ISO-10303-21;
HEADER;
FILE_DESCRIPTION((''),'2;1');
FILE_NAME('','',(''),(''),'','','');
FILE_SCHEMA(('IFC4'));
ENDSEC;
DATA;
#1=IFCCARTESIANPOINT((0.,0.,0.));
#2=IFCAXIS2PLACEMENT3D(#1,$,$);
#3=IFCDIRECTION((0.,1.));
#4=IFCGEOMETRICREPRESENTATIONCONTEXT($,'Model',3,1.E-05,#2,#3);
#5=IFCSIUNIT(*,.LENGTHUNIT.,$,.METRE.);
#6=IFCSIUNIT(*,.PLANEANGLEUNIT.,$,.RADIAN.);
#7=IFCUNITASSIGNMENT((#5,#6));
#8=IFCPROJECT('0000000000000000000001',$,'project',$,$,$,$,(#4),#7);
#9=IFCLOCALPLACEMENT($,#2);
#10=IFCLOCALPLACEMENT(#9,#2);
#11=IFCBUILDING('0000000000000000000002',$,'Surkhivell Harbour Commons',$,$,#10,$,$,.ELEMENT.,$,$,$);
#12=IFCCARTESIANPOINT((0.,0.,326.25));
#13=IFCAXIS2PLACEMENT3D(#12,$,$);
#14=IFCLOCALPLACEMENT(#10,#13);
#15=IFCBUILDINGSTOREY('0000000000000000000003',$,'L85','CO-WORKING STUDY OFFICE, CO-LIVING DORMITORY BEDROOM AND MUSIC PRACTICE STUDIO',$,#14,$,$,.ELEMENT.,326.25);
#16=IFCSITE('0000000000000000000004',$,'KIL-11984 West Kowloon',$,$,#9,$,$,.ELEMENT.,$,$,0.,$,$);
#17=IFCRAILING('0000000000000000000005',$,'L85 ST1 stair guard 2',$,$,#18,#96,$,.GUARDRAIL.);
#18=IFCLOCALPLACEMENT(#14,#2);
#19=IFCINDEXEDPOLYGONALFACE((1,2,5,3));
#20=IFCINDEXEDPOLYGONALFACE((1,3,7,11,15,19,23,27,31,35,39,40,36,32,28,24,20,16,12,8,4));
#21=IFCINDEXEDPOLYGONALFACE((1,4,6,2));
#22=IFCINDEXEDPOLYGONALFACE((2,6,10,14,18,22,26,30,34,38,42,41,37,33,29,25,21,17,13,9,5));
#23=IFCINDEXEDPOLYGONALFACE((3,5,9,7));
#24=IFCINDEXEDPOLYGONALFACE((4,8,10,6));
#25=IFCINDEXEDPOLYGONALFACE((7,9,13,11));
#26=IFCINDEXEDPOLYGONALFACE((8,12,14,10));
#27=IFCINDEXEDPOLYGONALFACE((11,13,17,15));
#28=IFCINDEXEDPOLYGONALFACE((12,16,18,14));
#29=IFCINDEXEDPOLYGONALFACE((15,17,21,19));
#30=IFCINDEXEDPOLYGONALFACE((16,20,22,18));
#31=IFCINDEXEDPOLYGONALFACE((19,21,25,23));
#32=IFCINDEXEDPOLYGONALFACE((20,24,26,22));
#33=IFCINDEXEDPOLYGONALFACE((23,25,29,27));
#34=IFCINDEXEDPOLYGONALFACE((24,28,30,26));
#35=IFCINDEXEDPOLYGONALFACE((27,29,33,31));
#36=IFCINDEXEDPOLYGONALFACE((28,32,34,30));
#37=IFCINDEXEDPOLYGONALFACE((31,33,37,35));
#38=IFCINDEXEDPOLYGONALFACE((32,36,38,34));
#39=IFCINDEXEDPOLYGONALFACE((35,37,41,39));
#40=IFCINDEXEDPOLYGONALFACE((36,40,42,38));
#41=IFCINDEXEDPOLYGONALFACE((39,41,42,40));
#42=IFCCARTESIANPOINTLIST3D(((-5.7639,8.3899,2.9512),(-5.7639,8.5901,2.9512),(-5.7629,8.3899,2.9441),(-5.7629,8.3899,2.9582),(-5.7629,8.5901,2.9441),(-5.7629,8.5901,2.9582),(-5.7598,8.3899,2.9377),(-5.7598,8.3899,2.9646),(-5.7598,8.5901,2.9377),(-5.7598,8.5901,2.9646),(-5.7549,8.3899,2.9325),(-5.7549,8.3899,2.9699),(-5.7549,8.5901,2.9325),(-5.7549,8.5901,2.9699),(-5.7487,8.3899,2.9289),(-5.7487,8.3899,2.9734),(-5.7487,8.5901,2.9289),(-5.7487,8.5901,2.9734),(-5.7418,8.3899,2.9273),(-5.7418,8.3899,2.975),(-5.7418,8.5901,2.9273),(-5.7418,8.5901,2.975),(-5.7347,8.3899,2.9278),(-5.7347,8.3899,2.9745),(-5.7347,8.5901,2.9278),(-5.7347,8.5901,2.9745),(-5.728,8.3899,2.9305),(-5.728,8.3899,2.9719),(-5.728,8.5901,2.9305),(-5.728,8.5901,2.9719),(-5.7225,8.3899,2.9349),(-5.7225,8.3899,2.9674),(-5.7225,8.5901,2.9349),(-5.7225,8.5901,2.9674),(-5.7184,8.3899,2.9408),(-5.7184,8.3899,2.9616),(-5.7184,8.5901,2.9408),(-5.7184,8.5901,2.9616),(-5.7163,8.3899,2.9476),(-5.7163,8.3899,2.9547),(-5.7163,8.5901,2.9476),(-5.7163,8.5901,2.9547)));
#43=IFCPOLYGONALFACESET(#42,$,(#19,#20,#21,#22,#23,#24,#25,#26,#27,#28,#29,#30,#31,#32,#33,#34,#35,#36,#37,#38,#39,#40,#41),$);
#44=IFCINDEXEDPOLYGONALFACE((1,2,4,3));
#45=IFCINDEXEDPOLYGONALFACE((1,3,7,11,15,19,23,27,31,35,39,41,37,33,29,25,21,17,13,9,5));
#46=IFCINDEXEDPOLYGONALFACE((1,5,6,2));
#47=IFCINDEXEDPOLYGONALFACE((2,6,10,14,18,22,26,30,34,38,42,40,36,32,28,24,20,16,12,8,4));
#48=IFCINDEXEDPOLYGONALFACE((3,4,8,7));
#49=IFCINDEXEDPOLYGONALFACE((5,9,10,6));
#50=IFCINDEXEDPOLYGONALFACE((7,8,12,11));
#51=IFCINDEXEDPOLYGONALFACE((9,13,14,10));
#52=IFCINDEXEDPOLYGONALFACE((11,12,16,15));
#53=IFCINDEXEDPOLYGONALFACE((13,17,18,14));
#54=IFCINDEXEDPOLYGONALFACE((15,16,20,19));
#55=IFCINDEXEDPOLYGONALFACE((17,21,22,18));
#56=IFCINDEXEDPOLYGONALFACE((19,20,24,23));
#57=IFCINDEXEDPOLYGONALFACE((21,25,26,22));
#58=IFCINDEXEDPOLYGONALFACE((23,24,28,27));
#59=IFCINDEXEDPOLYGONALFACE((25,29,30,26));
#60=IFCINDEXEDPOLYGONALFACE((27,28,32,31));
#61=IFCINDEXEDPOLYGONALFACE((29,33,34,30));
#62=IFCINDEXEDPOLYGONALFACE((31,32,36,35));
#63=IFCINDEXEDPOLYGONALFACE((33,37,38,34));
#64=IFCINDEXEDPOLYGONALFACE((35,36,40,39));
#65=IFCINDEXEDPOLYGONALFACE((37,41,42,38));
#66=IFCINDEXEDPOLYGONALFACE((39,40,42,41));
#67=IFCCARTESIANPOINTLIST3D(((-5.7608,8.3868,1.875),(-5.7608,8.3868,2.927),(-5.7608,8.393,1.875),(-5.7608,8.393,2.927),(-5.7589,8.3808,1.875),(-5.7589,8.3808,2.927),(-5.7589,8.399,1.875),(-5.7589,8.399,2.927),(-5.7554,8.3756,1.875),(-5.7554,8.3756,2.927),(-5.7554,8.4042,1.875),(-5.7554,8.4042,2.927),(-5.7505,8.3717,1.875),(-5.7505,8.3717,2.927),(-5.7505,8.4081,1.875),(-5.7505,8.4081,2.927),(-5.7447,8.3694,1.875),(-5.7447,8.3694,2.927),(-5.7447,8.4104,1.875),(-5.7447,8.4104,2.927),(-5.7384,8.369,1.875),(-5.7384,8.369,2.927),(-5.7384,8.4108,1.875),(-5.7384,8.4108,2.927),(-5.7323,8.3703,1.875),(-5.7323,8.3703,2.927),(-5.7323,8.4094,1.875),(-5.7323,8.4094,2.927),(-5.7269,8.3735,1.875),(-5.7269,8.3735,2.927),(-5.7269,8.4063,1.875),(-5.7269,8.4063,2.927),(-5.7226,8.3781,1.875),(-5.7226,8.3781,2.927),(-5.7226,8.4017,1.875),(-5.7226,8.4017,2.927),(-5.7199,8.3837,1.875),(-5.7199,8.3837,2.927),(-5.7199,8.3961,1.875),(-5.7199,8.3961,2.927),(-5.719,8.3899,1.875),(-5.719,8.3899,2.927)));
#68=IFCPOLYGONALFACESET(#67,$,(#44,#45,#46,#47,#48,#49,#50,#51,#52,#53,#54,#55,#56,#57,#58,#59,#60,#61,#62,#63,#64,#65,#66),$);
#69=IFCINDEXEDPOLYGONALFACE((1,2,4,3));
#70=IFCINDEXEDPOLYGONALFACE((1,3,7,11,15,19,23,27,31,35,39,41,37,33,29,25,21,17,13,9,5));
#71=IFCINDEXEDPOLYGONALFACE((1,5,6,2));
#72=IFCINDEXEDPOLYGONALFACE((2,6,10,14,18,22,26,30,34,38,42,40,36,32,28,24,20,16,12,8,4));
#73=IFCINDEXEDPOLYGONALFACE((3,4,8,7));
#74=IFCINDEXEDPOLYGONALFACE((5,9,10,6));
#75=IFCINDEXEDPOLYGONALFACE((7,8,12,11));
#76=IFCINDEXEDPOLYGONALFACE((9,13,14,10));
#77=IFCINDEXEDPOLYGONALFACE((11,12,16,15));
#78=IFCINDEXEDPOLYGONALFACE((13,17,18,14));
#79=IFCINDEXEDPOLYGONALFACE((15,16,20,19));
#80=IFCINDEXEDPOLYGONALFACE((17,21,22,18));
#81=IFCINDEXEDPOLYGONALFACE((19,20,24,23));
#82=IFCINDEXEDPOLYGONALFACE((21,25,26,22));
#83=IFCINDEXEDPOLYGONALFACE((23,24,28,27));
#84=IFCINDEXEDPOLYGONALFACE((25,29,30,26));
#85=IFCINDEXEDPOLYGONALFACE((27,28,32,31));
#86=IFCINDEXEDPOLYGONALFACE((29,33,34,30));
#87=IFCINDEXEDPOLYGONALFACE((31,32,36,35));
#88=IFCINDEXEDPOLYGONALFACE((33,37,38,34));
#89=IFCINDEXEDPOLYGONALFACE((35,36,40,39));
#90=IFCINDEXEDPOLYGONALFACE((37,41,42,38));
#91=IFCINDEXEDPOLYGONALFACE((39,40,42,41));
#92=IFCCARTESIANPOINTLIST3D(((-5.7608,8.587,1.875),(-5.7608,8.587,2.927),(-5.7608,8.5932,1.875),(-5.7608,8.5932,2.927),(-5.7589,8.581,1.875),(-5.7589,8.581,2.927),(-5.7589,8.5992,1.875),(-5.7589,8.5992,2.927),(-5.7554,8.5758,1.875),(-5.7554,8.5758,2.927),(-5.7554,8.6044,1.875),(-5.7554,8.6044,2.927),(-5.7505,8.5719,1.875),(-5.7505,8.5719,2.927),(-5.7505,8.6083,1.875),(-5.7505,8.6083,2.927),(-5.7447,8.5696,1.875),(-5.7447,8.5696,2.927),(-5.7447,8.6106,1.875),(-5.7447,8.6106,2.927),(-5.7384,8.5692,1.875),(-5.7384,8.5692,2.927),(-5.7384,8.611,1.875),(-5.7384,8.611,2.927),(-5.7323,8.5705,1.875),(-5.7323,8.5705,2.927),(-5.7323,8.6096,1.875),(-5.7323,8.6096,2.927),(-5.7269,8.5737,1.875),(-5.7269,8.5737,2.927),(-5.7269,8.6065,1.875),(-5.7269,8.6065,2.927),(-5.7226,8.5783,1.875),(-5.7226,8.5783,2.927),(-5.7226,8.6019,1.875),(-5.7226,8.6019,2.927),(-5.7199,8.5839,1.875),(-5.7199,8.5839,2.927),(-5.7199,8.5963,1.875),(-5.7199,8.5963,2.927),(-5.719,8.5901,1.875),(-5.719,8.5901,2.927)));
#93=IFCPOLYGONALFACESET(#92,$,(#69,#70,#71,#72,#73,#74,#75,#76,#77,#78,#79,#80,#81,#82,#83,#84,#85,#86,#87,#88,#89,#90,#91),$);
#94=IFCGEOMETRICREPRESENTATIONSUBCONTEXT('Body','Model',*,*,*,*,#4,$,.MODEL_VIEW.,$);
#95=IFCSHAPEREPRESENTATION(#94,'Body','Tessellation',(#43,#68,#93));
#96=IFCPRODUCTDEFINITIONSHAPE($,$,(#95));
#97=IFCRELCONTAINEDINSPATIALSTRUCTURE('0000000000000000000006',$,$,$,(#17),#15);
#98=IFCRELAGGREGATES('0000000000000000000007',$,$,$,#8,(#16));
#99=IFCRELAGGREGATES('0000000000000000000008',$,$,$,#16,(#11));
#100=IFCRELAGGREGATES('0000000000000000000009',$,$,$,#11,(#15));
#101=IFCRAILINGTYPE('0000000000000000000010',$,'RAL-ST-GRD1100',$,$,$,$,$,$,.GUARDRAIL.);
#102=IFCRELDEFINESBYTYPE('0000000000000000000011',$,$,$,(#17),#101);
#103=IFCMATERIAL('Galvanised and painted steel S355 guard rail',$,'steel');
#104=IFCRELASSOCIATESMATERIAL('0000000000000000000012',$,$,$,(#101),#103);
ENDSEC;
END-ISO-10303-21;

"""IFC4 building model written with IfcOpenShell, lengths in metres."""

from ifc_helpers import new_model, si_unit, direction, frame, origin, origin_2d, place, context, subcontext, project, spatial, circle, extrude, material, type_object, element, save


model = new_model("IFC4")

# Units and contexts
model_context = context("Model", 3, precision=1e-05, world=origin(), true_north=direction((0.0, 1.0)))
body_context = subcontext(model_context, "Body", "Model", "MODEL_VIEW")
ifc_project = project(units=[si_unit("LENGTHUNIT", "METRE"), si_unit("PLANEANGLEUNIT", "RADIAN")], contexts=[model_context])

# Site, building, storey
site_placement = place(None, origin())
site = spatial("IfcSite", under=ifc_project, at=site_placement, Name="KIL-11984 West Kowloon", CompositionType="ELEMENT", RefElevation=0.0)
building_placement = place(site_placement, origin())
building = spatial("IfcBuilding", under=site, at=building_placement, Name="Surkhivell Harbour Commons", CompositionType="ELEMENT")
storey_placement = place(building_placement, frame((0.0, 0.0, 326.25)))
storey = spatial("IfcBuildingStorey", under=building, at=storey_placement, Name="L85", Description="CO-WORKING STUDY OFFICE, CO-LIVING DORMITORY BEDROOM AND MUSIC PRACTICE STUDIO", CompositionType="ELEMENT", Elevation=326.25)

# Railing
ifc_material_1 = material(Name="Galvanised and painted steel S355 guard rail", Category="steel")
railing_type_1 = type_object("IfcRailingType", Name="RAL-ST-GRD1100", PredefinedType="GUARDRAIL", material=ifc_material_1)
railing_1_placement = place(storey_placement, frame((-5.74, 8.3899, 1.875)))
element("IfcRailing", 1, at=railing_1_placement, inside=storey, type_object=railing_type_1, Name="L85 ST1 stair guard 2", PredefinedType="GUARDRAIL", context=body_context, shape_type="SweptSolid", body=[
    extrude(circle(Radius=0.0239, at=origin_2d()), frame((0.0, 0.0, 1.0762), z_axis=(0.0, 1.0, 0.0), x_axis=(-1.0, 0.0, 0.0)), (0.0, 0.0, 1.0), 0.2002),
    extrude(circle(Radius=0.021, at=origin_2d()), origin(), (0.0, 0.0, 1.0), 1.052),
    extrude(circle(Radius=0.021, at=origin_2d()), frame((0.0, 0.2002, 0.0)), (0.0, 0.0, 1.0), 1.052),
])

save(model, "model.ifc")
